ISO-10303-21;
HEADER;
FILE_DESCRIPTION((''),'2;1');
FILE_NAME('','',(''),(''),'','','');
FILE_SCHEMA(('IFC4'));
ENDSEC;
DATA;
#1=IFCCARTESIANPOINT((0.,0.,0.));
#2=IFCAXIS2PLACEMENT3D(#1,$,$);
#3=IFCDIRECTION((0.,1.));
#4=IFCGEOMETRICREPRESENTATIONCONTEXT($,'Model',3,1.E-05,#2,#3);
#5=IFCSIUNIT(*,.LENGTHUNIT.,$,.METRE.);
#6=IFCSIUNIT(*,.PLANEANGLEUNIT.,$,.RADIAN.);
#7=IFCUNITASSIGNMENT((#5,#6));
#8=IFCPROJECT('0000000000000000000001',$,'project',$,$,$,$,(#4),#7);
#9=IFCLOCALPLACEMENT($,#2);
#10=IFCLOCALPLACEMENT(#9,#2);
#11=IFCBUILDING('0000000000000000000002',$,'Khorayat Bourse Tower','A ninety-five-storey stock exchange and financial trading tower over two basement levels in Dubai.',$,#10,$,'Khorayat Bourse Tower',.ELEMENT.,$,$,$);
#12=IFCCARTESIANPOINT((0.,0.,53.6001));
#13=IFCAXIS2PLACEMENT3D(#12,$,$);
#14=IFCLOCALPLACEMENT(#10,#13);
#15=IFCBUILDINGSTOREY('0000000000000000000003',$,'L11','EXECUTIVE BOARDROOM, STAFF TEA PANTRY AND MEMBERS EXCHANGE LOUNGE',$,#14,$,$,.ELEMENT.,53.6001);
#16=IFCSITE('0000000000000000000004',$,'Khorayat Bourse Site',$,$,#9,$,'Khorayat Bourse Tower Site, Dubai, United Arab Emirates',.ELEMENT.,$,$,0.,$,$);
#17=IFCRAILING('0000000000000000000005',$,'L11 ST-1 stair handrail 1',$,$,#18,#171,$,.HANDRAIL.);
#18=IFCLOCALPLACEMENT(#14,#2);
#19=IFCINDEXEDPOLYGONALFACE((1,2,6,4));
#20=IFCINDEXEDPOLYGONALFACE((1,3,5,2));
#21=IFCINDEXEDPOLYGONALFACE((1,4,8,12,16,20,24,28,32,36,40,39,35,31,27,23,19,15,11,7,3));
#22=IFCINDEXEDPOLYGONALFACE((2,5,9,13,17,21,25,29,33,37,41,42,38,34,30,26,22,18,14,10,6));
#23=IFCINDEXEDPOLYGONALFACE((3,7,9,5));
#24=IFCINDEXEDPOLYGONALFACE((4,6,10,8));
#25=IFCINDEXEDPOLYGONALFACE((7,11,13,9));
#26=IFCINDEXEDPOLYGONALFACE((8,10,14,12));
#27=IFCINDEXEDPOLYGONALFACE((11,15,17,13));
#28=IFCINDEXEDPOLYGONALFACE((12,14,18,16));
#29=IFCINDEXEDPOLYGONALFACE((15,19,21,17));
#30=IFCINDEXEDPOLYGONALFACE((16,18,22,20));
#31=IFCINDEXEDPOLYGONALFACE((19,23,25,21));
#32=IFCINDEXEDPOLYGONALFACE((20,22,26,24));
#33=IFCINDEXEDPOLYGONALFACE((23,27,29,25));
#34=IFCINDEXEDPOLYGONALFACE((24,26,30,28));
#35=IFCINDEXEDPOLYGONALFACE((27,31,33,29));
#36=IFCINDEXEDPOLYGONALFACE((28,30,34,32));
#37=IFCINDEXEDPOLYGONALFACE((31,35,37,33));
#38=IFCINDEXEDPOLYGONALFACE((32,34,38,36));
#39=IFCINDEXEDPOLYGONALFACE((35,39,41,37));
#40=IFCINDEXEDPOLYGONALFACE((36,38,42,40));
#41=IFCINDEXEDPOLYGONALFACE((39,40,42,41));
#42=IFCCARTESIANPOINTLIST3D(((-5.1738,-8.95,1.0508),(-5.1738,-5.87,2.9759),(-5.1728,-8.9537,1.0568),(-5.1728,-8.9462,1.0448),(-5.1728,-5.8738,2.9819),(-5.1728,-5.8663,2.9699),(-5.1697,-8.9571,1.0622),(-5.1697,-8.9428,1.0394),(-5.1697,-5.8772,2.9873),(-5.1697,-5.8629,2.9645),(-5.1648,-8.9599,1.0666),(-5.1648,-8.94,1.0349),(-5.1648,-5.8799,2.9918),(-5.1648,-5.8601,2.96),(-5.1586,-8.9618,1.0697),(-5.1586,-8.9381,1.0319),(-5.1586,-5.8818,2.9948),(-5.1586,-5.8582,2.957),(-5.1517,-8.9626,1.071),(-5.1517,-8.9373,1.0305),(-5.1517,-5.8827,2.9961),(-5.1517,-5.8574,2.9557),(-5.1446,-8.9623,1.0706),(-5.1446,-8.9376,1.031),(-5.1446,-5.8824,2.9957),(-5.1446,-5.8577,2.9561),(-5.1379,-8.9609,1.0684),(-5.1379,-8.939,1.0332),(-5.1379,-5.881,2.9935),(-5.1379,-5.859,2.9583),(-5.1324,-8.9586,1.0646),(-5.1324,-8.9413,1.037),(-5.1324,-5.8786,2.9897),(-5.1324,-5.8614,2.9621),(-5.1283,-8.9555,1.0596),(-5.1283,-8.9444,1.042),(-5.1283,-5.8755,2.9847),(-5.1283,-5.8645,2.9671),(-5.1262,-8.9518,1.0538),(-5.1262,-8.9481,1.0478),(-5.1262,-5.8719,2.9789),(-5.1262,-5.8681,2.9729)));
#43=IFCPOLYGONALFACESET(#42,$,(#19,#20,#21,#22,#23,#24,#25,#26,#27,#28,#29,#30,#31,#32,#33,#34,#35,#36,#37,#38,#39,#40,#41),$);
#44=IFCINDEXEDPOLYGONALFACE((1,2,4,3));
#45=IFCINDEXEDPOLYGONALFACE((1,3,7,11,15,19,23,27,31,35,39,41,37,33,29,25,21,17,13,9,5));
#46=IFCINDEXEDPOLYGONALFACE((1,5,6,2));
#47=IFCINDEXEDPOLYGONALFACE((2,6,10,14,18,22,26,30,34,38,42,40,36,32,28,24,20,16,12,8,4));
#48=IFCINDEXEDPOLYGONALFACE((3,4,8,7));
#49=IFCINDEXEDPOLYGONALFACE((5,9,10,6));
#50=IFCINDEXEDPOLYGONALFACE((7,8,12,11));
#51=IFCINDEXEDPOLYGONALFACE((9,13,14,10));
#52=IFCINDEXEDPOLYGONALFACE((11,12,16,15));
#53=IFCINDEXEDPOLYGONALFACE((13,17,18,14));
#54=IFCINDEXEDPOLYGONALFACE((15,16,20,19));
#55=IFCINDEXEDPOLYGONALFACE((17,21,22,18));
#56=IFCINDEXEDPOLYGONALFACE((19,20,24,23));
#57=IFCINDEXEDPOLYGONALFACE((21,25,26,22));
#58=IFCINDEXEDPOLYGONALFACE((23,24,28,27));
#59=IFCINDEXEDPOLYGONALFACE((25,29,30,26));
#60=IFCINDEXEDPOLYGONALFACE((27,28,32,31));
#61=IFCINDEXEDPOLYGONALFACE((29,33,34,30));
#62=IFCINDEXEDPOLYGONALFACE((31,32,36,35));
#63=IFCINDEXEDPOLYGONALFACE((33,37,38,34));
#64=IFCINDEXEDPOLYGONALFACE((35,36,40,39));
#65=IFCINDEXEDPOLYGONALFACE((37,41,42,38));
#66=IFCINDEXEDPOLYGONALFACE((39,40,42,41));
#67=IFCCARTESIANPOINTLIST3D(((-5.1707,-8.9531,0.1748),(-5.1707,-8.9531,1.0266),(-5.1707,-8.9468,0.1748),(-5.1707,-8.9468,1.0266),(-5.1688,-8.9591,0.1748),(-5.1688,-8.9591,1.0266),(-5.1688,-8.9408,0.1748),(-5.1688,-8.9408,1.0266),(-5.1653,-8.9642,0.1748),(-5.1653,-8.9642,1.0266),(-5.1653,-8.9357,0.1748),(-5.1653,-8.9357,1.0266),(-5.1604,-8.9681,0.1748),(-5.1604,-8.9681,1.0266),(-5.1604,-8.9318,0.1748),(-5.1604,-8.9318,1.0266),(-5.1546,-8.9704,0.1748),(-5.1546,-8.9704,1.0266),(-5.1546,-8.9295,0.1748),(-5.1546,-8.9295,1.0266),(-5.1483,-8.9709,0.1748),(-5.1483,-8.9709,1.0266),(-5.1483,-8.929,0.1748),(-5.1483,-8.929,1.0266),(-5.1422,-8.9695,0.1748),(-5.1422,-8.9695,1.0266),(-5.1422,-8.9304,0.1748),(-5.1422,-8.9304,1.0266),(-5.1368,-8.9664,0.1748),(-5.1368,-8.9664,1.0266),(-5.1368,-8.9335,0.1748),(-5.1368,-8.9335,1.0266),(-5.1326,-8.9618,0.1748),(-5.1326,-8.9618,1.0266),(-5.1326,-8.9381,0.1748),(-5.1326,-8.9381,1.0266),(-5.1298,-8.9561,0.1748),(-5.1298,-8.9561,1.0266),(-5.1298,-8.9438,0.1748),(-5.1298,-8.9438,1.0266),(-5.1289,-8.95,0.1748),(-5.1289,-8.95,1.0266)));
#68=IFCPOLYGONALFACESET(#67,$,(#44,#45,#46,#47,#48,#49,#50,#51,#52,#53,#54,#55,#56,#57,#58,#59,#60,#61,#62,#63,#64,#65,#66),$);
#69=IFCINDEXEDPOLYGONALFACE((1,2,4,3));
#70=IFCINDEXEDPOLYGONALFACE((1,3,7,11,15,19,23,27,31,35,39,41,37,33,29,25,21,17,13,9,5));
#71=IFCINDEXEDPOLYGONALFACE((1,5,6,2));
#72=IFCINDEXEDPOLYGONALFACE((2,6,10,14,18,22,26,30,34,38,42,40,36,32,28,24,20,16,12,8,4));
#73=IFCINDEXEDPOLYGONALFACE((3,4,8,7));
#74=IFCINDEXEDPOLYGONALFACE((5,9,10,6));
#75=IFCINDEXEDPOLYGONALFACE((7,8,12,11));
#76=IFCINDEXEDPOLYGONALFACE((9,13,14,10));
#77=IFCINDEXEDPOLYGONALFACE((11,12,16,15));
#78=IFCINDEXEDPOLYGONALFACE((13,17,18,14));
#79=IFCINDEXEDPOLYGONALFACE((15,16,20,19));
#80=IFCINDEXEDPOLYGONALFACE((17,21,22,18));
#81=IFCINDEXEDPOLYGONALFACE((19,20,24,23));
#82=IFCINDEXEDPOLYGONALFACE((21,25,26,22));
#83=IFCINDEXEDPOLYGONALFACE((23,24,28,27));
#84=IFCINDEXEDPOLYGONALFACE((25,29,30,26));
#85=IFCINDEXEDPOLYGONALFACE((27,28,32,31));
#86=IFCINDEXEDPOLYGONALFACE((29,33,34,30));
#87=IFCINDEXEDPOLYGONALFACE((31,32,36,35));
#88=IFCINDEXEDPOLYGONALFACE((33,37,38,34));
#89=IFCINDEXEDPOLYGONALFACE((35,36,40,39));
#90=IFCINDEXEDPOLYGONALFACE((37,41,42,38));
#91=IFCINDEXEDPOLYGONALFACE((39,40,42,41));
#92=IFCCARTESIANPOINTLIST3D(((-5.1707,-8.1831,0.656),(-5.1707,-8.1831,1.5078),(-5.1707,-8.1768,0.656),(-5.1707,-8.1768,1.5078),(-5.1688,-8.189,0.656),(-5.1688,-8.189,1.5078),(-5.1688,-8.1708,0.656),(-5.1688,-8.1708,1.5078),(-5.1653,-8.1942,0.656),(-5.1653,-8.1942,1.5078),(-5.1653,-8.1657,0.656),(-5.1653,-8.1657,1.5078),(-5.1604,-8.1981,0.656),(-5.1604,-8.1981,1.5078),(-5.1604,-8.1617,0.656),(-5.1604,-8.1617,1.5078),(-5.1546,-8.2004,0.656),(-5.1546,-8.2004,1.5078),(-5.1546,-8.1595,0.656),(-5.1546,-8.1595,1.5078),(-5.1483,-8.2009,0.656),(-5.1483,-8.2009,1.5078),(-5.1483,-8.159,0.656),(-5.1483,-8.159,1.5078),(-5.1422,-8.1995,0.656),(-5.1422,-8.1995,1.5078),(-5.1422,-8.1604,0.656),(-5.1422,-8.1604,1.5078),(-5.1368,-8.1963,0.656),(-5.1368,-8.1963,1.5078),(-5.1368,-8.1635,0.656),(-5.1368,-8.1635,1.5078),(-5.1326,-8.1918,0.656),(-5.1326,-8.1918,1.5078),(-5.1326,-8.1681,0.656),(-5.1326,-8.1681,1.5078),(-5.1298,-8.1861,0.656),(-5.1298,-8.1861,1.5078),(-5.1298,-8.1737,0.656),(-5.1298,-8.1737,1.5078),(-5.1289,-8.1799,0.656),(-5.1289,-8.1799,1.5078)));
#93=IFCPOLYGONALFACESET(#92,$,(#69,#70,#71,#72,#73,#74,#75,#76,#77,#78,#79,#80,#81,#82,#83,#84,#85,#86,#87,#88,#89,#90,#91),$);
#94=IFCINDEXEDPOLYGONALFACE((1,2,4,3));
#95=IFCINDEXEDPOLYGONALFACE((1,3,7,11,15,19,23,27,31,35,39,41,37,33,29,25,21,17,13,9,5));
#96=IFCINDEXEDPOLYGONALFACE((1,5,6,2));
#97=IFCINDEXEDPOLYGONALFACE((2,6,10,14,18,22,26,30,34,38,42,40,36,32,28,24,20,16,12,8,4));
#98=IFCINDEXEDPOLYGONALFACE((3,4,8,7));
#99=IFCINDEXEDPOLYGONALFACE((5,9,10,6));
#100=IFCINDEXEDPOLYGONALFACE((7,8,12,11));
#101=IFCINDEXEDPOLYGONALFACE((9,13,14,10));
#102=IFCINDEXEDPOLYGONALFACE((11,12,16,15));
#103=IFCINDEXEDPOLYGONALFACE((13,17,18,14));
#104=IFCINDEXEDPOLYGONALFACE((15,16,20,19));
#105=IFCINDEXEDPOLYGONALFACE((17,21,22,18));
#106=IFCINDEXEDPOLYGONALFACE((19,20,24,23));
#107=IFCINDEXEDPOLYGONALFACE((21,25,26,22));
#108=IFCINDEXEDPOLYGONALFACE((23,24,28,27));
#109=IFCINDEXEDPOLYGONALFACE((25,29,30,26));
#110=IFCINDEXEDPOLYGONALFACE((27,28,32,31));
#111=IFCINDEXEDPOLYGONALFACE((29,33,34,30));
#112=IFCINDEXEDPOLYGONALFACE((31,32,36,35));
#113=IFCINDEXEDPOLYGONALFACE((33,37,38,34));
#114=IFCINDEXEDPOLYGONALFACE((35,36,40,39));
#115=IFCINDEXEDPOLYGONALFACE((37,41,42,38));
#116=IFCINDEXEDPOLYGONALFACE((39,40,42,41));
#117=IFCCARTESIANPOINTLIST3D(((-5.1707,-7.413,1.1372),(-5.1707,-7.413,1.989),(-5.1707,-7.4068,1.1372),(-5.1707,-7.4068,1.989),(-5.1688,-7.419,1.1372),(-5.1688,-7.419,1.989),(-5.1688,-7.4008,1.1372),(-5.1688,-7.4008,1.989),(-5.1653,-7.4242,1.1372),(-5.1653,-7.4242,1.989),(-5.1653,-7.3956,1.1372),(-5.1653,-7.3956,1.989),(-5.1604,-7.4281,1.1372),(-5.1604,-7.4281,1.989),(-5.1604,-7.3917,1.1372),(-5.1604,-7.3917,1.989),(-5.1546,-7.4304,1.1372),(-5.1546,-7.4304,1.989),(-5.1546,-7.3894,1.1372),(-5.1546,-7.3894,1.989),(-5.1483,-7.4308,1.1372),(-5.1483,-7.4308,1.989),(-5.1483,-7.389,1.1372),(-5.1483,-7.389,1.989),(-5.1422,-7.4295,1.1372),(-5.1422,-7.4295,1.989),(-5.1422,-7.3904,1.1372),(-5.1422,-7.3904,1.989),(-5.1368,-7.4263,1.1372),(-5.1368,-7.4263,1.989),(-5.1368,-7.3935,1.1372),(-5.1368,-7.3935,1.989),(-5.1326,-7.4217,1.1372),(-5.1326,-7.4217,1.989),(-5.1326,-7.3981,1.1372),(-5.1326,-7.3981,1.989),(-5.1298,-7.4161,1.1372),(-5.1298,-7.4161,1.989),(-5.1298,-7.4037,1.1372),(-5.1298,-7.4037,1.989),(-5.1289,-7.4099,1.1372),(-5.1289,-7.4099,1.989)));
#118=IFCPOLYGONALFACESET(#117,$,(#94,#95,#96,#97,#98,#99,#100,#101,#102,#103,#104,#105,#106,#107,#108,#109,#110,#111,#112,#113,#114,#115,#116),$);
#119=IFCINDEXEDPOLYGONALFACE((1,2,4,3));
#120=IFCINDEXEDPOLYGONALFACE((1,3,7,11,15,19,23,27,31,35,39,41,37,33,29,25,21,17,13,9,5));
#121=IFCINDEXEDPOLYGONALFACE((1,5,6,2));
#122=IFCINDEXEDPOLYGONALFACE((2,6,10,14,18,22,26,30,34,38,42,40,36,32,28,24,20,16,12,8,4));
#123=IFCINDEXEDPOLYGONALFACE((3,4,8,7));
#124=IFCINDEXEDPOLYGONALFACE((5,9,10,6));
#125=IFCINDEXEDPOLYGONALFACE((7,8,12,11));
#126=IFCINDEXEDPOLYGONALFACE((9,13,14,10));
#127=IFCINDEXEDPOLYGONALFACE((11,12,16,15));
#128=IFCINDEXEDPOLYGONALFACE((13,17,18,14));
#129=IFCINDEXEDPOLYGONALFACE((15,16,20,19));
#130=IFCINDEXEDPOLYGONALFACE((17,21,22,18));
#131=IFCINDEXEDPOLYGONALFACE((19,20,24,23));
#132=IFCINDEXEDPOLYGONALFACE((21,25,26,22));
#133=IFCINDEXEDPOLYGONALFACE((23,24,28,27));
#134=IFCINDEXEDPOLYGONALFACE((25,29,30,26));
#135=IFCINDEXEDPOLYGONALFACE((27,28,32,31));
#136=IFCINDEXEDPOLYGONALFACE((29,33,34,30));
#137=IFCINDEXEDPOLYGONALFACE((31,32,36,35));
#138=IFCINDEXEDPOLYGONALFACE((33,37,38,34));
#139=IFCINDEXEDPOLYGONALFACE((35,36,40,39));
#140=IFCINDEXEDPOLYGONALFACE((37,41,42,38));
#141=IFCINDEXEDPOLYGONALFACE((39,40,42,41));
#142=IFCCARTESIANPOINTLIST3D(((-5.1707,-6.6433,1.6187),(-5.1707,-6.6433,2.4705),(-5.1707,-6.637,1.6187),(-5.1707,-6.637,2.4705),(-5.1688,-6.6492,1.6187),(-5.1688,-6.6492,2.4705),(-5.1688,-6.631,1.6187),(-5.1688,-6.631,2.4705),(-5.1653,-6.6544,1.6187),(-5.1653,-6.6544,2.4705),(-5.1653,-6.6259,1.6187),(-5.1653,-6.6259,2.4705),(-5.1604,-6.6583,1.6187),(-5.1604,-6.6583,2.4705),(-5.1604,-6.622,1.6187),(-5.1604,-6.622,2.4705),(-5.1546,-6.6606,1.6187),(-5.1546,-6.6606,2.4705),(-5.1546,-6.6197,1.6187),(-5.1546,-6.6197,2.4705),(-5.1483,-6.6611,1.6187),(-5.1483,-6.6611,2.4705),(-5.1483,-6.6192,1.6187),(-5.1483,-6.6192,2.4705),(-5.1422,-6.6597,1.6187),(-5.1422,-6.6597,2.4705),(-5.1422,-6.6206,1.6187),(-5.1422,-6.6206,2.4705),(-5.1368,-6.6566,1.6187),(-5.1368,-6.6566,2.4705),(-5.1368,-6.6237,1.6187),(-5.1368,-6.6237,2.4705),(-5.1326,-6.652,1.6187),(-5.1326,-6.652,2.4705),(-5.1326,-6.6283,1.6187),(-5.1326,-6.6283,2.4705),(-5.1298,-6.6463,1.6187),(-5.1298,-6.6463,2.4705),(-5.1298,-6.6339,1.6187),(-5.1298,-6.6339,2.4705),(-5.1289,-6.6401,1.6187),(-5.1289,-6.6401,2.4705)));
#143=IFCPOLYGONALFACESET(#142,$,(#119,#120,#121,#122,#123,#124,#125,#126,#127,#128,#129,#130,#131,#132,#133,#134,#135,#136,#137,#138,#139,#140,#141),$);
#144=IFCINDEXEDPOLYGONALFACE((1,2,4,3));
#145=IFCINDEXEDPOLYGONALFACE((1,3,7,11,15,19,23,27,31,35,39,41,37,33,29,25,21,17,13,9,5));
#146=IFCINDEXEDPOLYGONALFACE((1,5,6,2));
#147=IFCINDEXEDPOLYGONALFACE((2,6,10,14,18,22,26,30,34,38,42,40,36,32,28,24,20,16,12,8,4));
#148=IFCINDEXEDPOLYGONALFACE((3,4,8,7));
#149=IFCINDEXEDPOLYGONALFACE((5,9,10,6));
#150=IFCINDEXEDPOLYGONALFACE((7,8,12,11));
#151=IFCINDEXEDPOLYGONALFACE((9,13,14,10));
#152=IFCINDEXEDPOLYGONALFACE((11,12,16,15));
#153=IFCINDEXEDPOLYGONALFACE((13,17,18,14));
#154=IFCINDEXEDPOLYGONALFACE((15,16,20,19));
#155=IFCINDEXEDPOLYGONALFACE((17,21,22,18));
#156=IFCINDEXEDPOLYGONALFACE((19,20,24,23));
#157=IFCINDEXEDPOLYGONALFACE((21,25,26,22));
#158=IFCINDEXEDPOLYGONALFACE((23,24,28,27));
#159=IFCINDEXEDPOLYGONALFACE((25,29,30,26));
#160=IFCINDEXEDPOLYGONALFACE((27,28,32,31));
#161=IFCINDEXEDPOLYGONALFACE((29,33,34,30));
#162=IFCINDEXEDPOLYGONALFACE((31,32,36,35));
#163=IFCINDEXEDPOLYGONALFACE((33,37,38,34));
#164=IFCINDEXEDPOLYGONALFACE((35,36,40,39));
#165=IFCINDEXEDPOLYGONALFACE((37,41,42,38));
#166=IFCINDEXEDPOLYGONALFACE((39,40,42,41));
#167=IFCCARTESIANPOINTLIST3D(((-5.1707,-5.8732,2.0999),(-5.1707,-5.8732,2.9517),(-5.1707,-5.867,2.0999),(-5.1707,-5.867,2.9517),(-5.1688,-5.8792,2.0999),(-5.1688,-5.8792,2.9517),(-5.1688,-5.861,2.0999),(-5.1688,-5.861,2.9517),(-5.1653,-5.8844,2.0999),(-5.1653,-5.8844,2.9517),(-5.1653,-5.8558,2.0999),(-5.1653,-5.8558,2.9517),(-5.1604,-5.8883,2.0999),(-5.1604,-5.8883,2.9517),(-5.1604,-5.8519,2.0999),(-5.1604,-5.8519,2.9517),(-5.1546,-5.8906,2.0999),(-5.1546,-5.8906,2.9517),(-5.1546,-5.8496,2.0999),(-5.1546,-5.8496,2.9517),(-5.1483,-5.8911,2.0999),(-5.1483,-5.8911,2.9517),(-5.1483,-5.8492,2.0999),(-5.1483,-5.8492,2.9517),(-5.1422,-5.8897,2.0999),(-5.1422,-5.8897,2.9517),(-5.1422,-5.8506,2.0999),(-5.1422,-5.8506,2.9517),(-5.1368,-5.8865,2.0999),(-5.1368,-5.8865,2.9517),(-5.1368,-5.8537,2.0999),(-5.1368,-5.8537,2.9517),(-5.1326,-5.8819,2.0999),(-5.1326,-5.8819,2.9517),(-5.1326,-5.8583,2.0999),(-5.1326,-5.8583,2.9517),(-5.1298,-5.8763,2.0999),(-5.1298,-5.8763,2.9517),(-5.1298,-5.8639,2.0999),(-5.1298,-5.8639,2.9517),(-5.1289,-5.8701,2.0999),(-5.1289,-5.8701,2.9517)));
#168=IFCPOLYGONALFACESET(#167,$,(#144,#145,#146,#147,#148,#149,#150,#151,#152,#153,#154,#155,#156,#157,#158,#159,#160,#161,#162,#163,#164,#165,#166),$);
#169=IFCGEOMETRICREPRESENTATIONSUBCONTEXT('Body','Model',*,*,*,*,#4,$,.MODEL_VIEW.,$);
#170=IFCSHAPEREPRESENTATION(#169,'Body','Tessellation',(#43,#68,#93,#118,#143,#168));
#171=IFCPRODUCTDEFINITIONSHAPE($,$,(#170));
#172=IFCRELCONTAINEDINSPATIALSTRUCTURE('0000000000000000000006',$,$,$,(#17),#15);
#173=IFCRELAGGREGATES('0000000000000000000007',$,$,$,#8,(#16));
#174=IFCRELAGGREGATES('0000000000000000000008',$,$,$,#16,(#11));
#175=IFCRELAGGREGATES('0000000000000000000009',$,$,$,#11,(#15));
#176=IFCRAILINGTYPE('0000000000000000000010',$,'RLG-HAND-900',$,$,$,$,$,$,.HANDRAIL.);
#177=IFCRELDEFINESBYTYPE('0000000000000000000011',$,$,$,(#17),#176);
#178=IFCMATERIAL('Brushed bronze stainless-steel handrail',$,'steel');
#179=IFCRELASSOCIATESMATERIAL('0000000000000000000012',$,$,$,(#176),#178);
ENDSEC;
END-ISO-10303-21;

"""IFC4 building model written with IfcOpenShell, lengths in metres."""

from ifc_helpers import new_model, si_unit, direction, frame, origin, origin_2d, place, context, subcontext, project, spatial, circle, extrude, source, transform, mapped, material, type_object, element, save


model = new_model("IFC4")

# Units and contexts
model_context = context("Model", 3, precision=1e-05, world=origin(), true_north=direction((0.0, 1.0)))
body_context = subcontext(model_context, "Body", "Model", "MODEL_VIEW")
ifc_project = project(units=[si_unit("LENGTHUNIT", "METRE"), si_unit("PLANEANGLEUNIT", "RADIAN")], contexts=[model_context])

# Site, building, storey
site_placement = place(None, origin())
site = spatial("IfcSite", under=ifc_project, at=site_placement, Name="Khorayat Bourse Site", LongName="Khorayat Bourse Tower Site, Dubai, United Arab Emirates", CompositionType="ELEMENT", RefElevation=0.0)
building_placement = place(site_placement, origin())
building = spatial("IfcBuilding", under=site, at=building_placement, Name="Khorayat Bourse Tower", Description="A ninety-five-storey stock exchange and financial trading tower over two basement levels in Dubai.", LongName="Khorayat Bourse Tower", CompositionType="ELEMENT")
storey_placement = place(building_placement, frame((0.0, 0.0, 53.6001)))
storey = spatial("IfcBuildingStorey", under=building, at=storey_placement, Name="L11", Description="EXECUTIVE BOARDROOM, STAFF TEA PANTRY AND MEMBERS EXCHANGE LOUNGE", CompositionType="ELEMENT", Elevation=53.6001)

# Railing
ifc_material_1 = material(Name="Brushed bronze stainless-steel handrail", Category="steel")
railing_type_1 = type_object("IfcRailingType", Name="RLG-HAND-900", PredefinedType="HANDRAIL", material=ifc_material_1)
shared_shape_1 = source(origin(), body_context, "Body", "SweptSolid", [
    extrude(circle(Radius=0.0239, at=origin_2d()), frame((0.0, 0.0, 0.876), z_axis=(0.0, 0.847979, 0.530029), x_axis=(-1.0, 0.0, 0.0)), (0.0, 0.0, 1.0), 3.6321),
    extrude(circle(Radius=0.021, at=origin_2d()), origin(), (0.0, 0.0, 1.0), 0.8518),
    extrude(circle(Radius=0.021, at=origin_2d()), frame((0.0, 0.77, 0.4812)), (0.0, 0.0, 1.0), 0.8518),
    extrude(circle(Radius=0.021, at=origin_2d()), frame((0.0, 1.54, 0.9624)), (0.0, 0.0, 1.0), 0.8518),
    extrude(circle(Radius=0.021, at=origin_2d()), frame((0.0, 2.3098, 1.4438)), (0.0, 0.0, 1.0), 0.8518),
    extrude(circle(Radius=0.021, at=origin_2d()), frame((0.0, 3.0798, 1.925)), (0.0, 0.0, 1.0), 0.8518),
])
railing_1_placement = place(storey_placement, frame((-5.1499, -8.95, 0.1748)))
element("IfcRailing", 1, at=railing_1_placement, inside=storey, type_object=railing_type_1, Name="L11 ST-1 stair handrail 1", PredefinedType="HANDRAIL", context=body_context, shape_type="MappedRepresentation", body=[
    mapped(shared_shape_1, transform((0.0, 0.0, 0.0), scale=1.0)),
])

save(model, "model.ifc")
